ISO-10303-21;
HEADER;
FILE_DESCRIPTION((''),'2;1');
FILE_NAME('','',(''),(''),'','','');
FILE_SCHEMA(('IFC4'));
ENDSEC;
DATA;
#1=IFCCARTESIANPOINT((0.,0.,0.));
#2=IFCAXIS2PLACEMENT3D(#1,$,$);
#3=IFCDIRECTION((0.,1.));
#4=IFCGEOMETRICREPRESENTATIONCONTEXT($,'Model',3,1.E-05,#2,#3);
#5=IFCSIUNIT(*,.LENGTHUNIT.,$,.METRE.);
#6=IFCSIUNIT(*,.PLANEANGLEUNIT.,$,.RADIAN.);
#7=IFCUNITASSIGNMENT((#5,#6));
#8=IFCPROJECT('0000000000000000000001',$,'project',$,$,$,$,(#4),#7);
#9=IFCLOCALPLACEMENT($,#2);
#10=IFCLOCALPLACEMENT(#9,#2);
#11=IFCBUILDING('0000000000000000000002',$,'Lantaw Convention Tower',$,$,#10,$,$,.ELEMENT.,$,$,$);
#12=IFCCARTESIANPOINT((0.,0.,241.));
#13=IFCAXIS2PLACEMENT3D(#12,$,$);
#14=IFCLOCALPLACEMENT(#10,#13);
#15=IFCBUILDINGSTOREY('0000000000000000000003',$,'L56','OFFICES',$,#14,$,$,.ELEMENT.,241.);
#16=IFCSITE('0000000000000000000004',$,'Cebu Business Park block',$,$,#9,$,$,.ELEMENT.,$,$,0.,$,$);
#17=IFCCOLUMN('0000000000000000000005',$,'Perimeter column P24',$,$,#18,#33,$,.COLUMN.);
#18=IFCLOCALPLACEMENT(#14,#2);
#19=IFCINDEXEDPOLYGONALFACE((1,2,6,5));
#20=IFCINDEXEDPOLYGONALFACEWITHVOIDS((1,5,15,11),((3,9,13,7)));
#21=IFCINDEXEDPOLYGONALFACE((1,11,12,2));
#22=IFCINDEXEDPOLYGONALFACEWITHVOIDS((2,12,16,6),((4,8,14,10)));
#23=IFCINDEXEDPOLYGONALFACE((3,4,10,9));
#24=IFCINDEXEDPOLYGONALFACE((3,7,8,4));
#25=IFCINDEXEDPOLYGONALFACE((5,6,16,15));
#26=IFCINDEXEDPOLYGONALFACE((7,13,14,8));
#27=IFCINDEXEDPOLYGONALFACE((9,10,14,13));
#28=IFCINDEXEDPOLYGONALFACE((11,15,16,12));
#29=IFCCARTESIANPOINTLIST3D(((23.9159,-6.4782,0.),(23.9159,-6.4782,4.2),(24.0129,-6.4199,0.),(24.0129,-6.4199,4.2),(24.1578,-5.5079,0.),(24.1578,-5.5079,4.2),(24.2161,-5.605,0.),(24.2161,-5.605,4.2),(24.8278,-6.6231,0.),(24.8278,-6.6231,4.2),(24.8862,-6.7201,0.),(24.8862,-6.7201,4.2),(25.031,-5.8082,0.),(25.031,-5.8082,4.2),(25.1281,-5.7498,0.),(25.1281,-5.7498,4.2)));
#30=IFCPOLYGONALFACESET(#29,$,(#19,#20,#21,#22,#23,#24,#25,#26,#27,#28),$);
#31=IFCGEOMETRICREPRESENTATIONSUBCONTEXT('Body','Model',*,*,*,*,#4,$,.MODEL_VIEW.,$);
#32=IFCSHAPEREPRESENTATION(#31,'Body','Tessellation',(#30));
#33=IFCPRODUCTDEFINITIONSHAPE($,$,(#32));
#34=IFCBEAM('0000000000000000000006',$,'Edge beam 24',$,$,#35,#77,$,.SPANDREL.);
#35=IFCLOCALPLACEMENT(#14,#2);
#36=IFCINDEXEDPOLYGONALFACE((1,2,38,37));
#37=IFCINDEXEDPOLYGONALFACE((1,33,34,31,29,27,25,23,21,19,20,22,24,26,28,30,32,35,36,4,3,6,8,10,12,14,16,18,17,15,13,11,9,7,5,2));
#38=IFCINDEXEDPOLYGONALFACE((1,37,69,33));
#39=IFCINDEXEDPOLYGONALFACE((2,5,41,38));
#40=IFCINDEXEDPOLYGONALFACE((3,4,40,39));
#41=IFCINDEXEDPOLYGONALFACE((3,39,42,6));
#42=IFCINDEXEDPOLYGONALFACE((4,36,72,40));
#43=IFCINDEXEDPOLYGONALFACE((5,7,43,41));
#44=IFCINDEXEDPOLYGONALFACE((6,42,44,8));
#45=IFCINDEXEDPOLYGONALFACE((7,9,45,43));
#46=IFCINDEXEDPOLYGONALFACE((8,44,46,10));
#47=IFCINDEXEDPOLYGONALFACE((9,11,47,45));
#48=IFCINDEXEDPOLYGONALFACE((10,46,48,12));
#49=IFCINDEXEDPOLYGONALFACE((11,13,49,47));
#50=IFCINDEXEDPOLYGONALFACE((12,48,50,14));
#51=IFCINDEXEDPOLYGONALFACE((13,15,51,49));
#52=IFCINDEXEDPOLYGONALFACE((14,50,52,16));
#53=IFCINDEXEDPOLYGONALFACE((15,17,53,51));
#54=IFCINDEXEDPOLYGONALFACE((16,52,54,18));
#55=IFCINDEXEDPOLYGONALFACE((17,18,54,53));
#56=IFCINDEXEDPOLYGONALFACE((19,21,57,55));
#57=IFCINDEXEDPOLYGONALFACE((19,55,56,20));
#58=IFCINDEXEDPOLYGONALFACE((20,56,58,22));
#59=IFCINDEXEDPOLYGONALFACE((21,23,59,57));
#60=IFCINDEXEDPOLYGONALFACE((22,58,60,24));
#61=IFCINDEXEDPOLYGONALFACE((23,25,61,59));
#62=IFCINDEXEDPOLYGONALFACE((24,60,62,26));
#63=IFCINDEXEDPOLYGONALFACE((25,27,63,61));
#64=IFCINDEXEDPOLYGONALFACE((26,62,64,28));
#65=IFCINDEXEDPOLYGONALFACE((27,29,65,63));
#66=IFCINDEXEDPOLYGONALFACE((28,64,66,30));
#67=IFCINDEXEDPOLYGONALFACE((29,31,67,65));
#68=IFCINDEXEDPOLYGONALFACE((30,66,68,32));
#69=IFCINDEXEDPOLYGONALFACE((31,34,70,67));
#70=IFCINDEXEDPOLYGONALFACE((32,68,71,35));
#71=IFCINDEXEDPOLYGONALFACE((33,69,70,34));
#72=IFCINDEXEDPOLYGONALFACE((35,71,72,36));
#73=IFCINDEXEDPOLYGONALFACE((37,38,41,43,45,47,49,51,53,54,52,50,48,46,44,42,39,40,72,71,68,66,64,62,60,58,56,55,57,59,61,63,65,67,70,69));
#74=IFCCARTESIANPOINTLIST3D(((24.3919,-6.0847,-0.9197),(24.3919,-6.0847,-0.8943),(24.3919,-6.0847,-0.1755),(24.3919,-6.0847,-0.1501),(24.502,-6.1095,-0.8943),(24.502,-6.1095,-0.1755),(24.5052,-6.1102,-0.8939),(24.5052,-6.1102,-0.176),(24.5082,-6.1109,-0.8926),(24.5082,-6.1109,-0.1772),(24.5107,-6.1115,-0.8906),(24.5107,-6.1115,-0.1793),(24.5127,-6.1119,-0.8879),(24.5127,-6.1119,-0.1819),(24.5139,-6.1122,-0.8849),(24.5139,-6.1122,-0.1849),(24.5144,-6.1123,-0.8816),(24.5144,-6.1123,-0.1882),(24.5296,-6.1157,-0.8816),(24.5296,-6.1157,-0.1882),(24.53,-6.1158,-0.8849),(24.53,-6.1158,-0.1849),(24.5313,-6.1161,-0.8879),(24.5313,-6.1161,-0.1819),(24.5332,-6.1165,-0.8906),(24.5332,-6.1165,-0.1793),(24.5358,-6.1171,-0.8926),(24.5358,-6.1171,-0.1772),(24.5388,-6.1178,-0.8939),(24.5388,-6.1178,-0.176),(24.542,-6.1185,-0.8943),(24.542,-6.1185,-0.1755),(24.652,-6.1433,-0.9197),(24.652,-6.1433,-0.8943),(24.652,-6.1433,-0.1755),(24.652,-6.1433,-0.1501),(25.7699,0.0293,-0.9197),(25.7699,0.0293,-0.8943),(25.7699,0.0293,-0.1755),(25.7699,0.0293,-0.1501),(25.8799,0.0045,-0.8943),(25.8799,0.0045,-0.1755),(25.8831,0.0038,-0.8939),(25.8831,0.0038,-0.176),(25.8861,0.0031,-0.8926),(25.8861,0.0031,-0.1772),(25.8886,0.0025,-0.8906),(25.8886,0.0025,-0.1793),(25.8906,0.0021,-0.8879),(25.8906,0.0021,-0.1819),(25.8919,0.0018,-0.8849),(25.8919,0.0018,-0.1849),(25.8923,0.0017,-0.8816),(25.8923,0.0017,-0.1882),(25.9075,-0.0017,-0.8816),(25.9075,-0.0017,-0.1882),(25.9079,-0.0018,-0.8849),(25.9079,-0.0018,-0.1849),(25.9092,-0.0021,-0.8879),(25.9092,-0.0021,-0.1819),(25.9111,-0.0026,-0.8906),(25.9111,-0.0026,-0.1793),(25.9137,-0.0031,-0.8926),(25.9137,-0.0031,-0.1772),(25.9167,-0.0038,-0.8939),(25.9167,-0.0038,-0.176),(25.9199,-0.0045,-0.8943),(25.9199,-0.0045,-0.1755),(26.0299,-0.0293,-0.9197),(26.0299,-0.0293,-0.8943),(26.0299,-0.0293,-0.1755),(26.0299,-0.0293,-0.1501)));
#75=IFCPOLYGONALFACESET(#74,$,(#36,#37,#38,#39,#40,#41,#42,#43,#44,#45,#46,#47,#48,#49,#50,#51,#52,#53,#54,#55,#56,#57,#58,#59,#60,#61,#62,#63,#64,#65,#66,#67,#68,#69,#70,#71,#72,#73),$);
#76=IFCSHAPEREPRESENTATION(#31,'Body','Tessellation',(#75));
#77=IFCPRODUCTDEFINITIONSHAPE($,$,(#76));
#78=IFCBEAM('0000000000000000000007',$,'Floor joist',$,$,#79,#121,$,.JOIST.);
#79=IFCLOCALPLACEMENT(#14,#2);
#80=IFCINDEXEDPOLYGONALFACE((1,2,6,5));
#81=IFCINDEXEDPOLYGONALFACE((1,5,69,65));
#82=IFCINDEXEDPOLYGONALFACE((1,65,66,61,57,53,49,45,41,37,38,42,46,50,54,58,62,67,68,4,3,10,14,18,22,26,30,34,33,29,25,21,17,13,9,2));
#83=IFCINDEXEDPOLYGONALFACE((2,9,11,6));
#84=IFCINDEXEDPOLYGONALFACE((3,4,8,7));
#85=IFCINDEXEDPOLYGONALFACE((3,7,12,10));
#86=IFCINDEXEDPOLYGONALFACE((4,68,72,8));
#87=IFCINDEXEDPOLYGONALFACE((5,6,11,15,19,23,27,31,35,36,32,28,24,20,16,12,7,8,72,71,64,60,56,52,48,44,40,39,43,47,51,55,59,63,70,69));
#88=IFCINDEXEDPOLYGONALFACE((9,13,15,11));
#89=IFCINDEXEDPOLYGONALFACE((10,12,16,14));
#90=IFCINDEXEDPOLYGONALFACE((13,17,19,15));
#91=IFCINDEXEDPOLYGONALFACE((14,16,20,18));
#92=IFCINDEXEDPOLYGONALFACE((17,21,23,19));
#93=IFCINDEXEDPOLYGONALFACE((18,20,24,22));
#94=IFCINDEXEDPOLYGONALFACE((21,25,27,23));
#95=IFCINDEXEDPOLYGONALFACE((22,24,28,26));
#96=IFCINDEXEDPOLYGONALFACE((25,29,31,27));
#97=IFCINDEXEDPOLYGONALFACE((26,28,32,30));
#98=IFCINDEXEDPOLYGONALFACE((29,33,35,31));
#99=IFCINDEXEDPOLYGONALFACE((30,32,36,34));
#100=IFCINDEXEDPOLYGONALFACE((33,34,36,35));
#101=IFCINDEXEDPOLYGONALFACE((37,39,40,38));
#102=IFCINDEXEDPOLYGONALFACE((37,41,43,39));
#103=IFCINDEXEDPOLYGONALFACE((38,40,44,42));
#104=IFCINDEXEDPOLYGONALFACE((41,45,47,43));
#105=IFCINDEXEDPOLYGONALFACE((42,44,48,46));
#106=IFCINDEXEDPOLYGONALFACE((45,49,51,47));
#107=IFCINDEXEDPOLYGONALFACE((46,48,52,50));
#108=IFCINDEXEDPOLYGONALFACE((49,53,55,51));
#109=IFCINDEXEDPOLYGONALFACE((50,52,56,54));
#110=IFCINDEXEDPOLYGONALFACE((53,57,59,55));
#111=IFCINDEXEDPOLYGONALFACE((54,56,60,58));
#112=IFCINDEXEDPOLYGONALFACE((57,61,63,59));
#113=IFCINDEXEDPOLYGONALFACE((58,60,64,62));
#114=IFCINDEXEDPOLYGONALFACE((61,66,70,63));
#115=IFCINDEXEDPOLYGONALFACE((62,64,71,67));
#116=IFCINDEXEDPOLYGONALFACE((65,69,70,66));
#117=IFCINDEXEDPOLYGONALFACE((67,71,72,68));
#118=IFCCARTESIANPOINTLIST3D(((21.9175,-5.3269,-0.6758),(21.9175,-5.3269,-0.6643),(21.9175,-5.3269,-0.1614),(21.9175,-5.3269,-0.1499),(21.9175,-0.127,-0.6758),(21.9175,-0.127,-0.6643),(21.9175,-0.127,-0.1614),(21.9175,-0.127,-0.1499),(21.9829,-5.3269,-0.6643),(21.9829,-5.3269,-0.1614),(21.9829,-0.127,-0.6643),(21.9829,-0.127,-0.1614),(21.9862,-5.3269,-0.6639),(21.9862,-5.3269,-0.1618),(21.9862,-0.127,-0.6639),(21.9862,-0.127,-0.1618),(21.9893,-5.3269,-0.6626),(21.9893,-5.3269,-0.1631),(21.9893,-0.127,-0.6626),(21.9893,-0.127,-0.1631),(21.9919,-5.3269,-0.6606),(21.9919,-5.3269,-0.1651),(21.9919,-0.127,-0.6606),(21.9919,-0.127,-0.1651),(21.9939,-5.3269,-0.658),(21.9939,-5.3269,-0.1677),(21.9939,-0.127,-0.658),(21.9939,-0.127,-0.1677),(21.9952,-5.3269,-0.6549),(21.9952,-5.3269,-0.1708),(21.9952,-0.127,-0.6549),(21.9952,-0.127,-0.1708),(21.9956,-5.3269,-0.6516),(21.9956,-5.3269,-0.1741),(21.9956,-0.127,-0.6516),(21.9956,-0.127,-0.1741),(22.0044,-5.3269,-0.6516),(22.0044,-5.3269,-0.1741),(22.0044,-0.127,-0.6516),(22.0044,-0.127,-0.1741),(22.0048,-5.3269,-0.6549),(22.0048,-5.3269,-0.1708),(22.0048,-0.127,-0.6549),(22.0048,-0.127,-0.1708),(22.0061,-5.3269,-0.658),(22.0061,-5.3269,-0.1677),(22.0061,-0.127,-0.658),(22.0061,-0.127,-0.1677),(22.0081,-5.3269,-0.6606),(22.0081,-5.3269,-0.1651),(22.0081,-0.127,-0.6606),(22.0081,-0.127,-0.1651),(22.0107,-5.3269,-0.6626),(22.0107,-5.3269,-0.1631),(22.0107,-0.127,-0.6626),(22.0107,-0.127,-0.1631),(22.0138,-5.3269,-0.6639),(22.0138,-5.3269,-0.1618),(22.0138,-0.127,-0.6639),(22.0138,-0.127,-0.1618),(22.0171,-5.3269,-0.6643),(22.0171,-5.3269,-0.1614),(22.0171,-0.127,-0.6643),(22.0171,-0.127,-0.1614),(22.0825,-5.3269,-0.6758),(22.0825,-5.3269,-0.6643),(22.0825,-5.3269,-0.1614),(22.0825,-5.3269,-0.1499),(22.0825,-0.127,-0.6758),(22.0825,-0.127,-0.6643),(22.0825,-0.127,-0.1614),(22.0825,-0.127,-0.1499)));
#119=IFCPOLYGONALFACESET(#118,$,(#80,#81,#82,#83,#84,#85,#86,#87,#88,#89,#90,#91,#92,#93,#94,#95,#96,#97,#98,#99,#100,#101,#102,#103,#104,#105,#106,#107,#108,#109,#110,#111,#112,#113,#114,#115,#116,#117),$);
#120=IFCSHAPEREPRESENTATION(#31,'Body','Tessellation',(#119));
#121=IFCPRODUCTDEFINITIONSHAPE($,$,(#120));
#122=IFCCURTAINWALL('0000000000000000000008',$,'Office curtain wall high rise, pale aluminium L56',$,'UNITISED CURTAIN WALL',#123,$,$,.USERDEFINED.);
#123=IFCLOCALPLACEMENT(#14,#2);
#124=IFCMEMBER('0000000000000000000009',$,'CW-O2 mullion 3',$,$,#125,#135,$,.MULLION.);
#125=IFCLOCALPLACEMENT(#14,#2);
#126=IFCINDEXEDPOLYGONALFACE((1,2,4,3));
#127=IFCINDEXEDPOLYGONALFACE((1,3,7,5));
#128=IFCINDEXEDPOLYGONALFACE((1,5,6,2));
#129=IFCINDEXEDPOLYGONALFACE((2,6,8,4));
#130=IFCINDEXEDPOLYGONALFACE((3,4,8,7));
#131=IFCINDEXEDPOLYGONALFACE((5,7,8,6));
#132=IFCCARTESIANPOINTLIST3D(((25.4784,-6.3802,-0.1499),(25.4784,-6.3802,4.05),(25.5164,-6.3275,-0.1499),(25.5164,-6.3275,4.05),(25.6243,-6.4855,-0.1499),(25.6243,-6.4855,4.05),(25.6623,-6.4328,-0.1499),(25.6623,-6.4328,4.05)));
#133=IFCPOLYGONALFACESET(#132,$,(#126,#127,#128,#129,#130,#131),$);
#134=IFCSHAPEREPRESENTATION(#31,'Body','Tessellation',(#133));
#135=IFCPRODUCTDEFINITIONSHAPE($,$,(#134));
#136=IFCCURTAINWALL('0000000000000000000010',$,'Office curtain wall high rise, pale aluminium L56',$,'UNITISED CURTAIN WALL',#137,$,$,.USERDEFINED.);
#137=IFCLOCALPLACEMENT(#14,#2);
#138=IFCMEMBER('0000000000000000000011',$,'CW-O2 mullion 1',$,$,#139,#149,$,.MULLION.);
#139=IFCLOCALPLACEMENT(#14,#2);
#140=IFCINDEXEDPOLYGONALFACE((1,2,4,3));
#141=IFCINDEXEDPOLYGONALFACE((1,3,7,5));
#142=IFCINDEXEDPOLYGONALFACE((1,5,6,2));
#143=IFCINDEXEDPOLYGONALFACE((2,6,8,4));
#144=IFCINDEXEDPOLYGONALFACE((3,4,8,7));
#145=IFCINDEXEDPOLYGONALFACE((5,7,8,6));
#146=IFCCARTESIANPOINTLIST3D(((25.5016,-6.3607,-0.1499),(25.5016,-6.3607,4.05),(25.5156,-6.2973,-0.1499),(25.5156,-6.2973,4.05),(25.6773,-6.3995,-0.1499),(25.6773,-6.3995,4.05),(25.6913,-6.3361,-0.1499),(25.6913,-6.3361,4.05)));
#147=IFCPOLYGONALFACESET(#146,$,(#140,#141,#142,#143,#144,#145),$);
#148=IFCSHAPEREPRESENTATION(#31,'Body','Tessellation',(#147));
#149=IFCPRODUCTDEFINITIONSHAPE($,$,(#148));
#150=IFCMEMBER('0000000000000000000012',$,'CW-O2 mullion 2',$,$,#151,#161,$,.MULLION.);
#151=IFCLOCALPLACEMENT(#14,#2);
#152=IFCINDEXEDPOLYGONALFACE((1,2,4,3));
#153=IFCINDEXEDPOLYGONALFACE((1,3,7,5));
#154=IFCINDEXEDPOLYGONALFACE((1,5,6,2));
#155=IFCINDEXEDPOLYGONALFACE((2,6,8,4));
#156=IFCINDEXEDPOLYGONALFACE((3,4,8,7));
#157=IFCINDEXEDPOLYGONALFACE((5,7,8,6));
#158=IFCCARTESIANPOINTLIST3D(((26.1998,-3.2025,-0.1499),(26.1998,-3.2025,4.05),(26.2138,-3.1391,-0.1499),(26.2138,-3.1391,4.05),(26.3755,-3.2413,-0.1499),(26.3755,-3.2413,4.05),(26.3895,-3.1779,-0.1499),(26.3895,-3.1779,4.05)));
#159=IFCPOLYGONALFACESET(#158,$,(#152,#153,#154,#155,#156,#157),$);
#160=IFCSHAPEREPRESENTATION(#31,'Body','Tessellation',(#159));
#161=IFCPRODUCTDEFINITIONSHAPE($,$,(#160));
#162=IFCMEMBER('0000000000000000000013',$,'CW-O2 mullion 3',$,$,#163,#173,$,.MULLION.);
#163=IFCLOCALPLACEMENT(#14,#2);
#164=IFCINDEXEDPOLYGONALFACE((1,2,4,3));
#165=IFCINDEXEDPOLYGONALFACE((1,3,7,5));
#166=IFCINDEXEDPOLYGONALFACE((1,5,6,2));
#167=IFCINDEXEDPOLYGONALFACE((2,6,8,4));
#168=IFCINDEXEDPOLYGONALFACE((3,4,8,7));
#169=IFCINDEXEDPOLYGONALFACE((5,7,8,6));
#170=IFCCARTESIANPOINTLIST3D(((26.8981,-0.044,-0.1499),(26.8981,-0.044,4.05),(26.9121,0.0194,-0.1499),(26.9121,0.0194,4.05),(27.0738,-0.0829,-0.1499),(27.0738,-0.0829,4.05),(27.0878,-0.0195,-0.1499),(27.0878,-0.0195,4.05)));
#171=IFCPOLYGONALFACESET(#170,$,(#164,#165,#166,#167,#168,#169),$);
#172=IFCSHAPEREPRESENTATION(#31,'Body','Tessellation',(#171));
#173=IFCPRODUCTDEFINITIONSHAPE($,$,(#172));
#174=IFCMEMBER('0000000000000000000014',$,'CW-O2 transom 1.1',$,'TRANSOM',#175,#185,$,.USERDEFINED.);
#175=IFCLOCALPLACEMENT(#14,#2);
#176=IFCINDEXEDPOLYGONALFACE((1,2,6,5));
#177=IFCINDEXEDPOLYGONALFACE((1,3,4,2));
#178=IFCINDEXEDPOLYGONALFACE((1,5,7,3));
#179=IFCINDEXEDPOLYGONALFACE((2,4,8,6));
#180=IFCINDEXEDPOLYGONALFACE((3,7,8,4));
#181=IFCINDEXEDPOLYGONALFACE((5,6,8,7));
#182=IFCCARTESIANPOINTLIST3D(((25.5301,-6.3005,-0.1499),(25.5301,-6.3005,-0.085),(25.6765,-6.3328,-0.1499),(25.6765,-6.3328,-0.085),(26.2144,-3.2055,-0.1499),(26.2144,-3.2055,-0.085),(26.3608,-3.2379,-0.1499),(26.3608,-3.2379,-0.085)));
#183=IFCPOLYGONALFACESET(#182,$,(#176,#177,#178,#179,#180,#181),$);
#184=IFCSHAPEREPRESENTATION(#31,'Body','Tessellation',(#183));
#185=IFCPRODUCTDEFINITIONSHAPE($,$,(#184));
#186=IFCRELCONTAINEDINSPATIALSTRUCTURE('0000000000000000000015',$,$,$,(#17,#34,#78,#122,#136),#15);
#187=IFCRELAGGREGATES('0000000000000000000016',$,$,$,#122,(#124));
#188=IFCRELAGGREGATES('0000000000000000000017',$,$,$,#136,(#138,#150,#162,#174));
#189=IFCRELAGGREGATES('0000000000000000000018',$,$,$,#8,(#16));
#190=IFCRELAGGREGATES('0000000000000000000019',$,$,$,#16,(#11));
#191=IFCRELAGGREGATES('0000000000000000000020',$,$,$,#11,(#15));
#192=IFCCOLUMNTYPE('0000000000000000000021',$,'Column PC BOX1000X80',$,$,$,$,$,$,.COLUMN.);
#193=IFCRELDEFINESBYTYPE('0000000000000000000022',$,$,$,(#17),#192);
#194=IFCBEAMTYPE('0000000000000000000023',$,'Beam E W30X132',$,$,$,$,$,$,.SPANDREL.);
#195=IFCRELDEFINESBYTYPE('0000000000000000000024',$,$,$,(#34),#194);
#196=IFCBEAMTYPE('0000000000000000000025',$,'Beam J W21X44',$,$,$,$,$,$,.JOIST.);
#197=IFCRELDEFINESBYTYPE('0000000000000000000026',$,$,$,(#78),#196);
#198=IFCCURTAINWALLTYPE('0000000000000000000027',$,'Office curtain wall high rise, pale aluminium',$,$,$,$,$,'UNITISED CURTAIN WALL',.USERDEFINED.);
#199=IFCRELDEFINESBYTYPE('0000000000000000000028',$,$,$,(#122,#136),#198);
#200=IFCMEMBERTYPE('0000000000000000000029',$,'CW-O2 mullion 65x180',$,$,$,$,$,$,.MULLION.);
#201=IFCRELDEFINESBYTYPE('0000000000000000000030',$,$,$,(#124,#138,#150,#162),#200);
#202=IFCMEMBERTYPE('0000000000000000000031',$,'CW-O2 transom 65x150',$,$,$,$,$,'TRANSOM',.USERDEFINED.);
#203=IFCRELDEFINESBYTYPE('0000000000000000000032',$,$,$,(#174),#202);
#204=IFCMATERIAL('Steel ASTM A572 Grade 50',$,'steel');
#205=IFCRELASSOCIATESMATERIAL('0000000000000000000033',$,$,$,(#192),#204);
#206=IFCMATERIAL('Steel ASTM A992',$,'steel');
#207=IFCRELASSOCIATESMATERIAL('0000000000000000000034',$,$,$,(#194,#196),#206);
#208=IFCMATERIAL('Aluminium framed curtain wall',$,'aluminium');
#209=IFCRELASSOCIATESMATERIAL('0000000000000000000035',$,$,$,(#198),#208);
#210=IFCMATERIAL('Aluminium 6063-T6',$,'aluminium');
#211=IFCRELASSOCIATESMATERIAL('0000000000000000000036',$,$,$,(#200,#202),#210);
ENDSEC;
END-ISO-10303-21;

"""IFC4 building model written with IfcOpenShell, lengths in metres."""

from ifc_helpers import new_model, si_unit, direction, frame, origin, origin_2d, place, context, subcontext, project, spatial, rectangle, hollow_rectangle, i_section, extrude, material, material_profile, profile_set, type_object, element, aggregate, save


model = new_model("IFC4")

# Units and contexts
model_context = context("Model", 3, precision=1e-05, world=origin(), true_north=direction((0.0, 1.0)))
body_context = subcontext(model_context, "Body", "Model", "MODEL_VIEW")
ifc_project = project(units=[si_unit("LENGTHUNIT", "METRE"), si_unit("PLANEANGLEUNIT", "RADIAN")], contexts=[model_context])

# Site, building, storey
site_placement = place(None, origin())
site = spatial("IfcSite", under=ifc_project, at=site_placement, Name="Cebu Business Park block", CompositionType="ELEMENT", RefElevation=0.0)
building_placement = place(site_placement, origin())
building = spatial("IfcBuilding", under=site, at=building_placement, Name="Lantaw Convention Tower", CompositionType="ELEMENT")
storey_placement = place(building_placement, frame((0.0, 0.0, 241.0)))
storey = spatial("IfcBuildingStorey", under=building, at=storey_placement, Name="L56", Description="OFFICES", CompositionType="ELEMENT", Elevation=241.0)

# Column
ifc_material_1 = material(Name="Steel ASTM A572 Grade 50", Category="steel")
ifc_material_profile_1 = material_profile(ifc_material_1, hollow_rectangle(XDim=1.0, YDim=1.0, WallThickness=0.0801, at=origin_2d()), Name="BOX1000X80")
ifc_material_2 = material(Name="Concrete C60/75", Category="concrete")
ifc_material_profile_2 = material_profile(ifc_material_2, rectangle(XDim=0.8401, YDim=0.8401, at=origin_2d()), Name="Concrete fill of BOX1000X80")
ifc_profile_set_1 = profile_set([ifc_material_profile_1, ifc_material_profile_2], Name="Steel ASTM A572 Grade 50")
column_type = type_object("IfcColumnType", Name="Column PC BOX1000X80", PredefinedType="COLUMN", material=ifc_profile_set_1)
column_placement = place(storey_placement, frame((24.522, -6.114, 0.0), z_axis=(0.0, 0.0, 1.0), x_axis=(0.241922, 0.970296, 0.0)))
element("IfcColumn", 1, at=column_placement, inside=storey, type_object=column_type, Name="Perimeter column P24", PredefinedType="COLUMN", context=body_context, shape_type="SweptSolid", body=[
    extrude(hollow_rectangle(XDim=1.0, YDim=1.0, WallThickness=0.0801, at=origin_2d()), origin(), (0.0, 0.0, 1.0), 4.2),
])

# Beams
ifc_material_3 = material(Name="Steel ASTM A992", Category="steel")
ifc_material_profile_3 = material_profile(ifc_material_3, i_section(OverallWidth=0.2666, OverallDepth=0.7695, WebThickness=0.0156, FlangeThickness=0.0254, FilletRadius=0.0127, at=origin_2d()), Name="W30X132")
ifc_profile_set_2 = profile_set([ifc_material_profile_3], Name="Steel ASTM A992")
beam_type_1 = type_object("IfcBeamType", Name="Beam E W30X132", PredefinedType="SPANDREL", material=ifc_profile_set_2)
beam_1_placement = place(storey_placement, frame((24.522, -6.114, -0.5349), z_axis=(0.219858, 0.975532, 0.0), x_axis=(-0.975532, 0.219858, 0.0)))
element("IfcBeam", 2, at=beam_1_placement, inside=storey, type_object=beam_type_1, Name="Edge beam 24", PredefinedType="SPANDREL", context=body_context, shape_type="SweptSolid", body=[
    extrude(i_section(OverallWidth=0.2666, OverallDepth=0.7695, WebThickness=0.0156, FlangeThickness=0.0254, FilletRadius=0.0127, at=origin_2d()), origin(), (0.0, 0.0, 1.0), 6.2673),
])
ifc_material_profile_4 = material_profile(ifc_material_3, i_section(OverallWidth=0.165, OverallDepth=0.5259, WebThickness=0.0088, FlangeThickness=0.0115, FilletRadius=0.0127, at=origin_2d()), Name="W21X44")
ifc_profile_set_3 = profile_set([ifc_material_profile_4], Name="Steel ASTM A992")
beam_type_2 = type_object("IfcBeamType", Name="Beam J W21X44", PredefinedType="JOIST", material=ifc_profile_set_3)
beam_2_placement = place(storey_placement, frame((22.0, -5.3269, -0.4128), z_axis=(0.0, 1.0, 0.0), x_axis=(-1.0, 0.0, 0.0)))
element("IfcBeam", 3, at=beam_2_placement, inside=storey, type_object=beam_type_2, Name="Floor joist", PredefinedType="JOIST", context=body_context, shape_type="SweptSolid", body=[
    extrude(i_section(OverallWidth=0.165, OverallDepth=0.5259, WebThickness=0.0088, FlangeThickness=0.0115, FilletRadius=0.0127, at=origin_2d()), origin(), (0.0, 0.0, 1.0), 5.2),
])

# Curtain wall, member
ifc_material_4 = material(Name="Aluminium framed curtain wall", Category="aluminium")
curtain_wall_type = type_object("IfcCurtainWallType", Name="Office curtain wall high rise, pale aluminium", ElementType="UNITISED CURTAIN WALL", PredefinedType="USERDEFINED", material=ifc_material_4)
curtain_wall_1_placement = place(storey_placement, origin())
curtain_wall_1 = element("IfcCurtainWall", 4, at=curtain_wall_1_placement, inside=storey, type_object=curtain_wall_type, Name="Office curtain wall high rise, pale aluminium L56", ObjectType="UNITISED CURTAIN WALL", PredefinedType="USERDEFINED")
ifc_material_5 = material(Name="Aluminium 6063-T6", Category="aluminium")
ifc_material_profile_5 = material_profile(ifc_material_5, rectangle(XDim=0.1799, YDim=0.0649, at=origin_2d()), Name="CW-O2 mullion 65x180")
ifc_profile_set_4 = profile_set([ifc_material_profile_5], Name="Aluminium 6063-T6")
member_type_1 = type_object("IfcMemberType", Name="CW-O2 mullion 65x180", PredefinedType="MULLION", material=ifc_profile_set_4)
member_1_placement = place(storey_placement, frame((25.5703, -6.4065, -0.1499), z_axis=(0.0, 0.0, 1.0), x_axis=(-0.81092, 0.585158, 0.0)))
member_1 = element("IfcMember", 5, at=member_1_placement, type_object=member_type_1, Name="CW-O2 mullion 3", PredefinedType="MULLION", context=body_context, shape_type="SweptSolid", body=[
    extrude(rectangle(XDim=0.1799, YDim=0.0649, at=origin_2d()), origin(), (0.0, 0.0, 1.0), 4.2),
])

# Curtain wall, members
curtain_wall_2_placement = place(storey_placement, origin())
curtain_wall_2 = element("IfcCurtainWall", 6, at=curtain_wall_2_placement, inside=storey, type_object=curtain_wall_type, Name="Office curtain wall high rise, pale aluminium L56", ObjectType="UNITISED CURTAIN WALL", PredefinedType="USERDEFINED")
member_2_placement = place(storey_placement, frame((25.5964, -6.3484, -0.1499), z_axis=(0.0, 0.0, 1.0), x_axis=(-0.976417, 0.215891, 0.0)))
member_2 = element("IfcMember", 7, at=member_2_placement, type_object=member_type_1, Name="CW-O2 mullion 1", PredefinedType="MULLION", context=body_context, shape_type="SweptSolid", body=[
    extrude(rectangle(XDim=0.1799, YDim=0.0649, at=origin_2d()), origin(), (0.0, 0.0, 1.0), 4.2),
])
member_3_placement = place(storey_placement, frame((26.2947, -3.1902, -0.1499), z_axis=(0.0, 0.0, 1.0), x_axis=(-0.976417, 0.215891, 0.0)))
member_3 = element("IfcMember", 8, at=member_3_placement, type_object=member_type_1, Name="CW-O2 mullion 2", PredefinedType="MULLION", context=body_context, shape_type="SweptSolid", body=[
    extrude(rectangle(XDim=0.1799, YDim=0.0649, at=origin_2d()), origin(), (0.0, 0.0, 1.0), 4.2),
])
member_4_placement = place(storey_placement, frame((26.9929, -0.0317, -0.1499), z_axis=(0.0, 0.0, 1.0), x_axis=(-0.976417, 0.215891, 0.0)))
member_4 = element("IfcMember", 9, at=member_4_placement, type_object=member_type_1, Name="CW-O2 mullion 3", PredefinedType="MULLION", context=body_context, shape_type="SweptSolid", body=[
    extrude(rectangle(XDim=0.1799, YDim=0.0649, at=origin_2d()), origin(), (0.0, 0.0, 1.0), 4.2),
])
ifc_material_profile_6 = material_profile(ifc_material_5, rectangle(XDim=0.1499, YDim=0.0649, at=origin_2d()), Name="CW-O2 transom 65x150")
ifc_profile_set_5 = profile_set([ifc_material_profile_6], Name="Aluminium 6063-T6")
member_type_2 = type_object("IfcMemberType", Name="CW-O2 transom 65x150", ElementType="TRANSOM", PredefinedType="USERDEFINED", material=ifc_profile_set_5)
member_5_placement = place(storey_placement, frame((25.6033, -6.3167, -0.1174), z_axis=(0.215895, 0.976417, 0.0), x_axis=(-0.976417, 0.215895, 0.0)))
member_5 = element("IfcMember", 10, at=member_5_placement, type_object=member_type_2, Name="CW-O2 transom 1.1", ObjectType="TRANSOM", PredefinedType="USERDEFINED", context=body_context, shape_type="SweptSolid", body=[
    extrude(rectangle(XDim=0.1499, YDim=0.0649, at=origin_2d()), origin(), (0.0, 0.0, 1.0), 3.1697),
])

aggregate(curtain_wall_1, [member_1])
aggregate(curtain_wall_2, [member_2, member_3, member_4, member_5])

save(model, "model.ifc")
